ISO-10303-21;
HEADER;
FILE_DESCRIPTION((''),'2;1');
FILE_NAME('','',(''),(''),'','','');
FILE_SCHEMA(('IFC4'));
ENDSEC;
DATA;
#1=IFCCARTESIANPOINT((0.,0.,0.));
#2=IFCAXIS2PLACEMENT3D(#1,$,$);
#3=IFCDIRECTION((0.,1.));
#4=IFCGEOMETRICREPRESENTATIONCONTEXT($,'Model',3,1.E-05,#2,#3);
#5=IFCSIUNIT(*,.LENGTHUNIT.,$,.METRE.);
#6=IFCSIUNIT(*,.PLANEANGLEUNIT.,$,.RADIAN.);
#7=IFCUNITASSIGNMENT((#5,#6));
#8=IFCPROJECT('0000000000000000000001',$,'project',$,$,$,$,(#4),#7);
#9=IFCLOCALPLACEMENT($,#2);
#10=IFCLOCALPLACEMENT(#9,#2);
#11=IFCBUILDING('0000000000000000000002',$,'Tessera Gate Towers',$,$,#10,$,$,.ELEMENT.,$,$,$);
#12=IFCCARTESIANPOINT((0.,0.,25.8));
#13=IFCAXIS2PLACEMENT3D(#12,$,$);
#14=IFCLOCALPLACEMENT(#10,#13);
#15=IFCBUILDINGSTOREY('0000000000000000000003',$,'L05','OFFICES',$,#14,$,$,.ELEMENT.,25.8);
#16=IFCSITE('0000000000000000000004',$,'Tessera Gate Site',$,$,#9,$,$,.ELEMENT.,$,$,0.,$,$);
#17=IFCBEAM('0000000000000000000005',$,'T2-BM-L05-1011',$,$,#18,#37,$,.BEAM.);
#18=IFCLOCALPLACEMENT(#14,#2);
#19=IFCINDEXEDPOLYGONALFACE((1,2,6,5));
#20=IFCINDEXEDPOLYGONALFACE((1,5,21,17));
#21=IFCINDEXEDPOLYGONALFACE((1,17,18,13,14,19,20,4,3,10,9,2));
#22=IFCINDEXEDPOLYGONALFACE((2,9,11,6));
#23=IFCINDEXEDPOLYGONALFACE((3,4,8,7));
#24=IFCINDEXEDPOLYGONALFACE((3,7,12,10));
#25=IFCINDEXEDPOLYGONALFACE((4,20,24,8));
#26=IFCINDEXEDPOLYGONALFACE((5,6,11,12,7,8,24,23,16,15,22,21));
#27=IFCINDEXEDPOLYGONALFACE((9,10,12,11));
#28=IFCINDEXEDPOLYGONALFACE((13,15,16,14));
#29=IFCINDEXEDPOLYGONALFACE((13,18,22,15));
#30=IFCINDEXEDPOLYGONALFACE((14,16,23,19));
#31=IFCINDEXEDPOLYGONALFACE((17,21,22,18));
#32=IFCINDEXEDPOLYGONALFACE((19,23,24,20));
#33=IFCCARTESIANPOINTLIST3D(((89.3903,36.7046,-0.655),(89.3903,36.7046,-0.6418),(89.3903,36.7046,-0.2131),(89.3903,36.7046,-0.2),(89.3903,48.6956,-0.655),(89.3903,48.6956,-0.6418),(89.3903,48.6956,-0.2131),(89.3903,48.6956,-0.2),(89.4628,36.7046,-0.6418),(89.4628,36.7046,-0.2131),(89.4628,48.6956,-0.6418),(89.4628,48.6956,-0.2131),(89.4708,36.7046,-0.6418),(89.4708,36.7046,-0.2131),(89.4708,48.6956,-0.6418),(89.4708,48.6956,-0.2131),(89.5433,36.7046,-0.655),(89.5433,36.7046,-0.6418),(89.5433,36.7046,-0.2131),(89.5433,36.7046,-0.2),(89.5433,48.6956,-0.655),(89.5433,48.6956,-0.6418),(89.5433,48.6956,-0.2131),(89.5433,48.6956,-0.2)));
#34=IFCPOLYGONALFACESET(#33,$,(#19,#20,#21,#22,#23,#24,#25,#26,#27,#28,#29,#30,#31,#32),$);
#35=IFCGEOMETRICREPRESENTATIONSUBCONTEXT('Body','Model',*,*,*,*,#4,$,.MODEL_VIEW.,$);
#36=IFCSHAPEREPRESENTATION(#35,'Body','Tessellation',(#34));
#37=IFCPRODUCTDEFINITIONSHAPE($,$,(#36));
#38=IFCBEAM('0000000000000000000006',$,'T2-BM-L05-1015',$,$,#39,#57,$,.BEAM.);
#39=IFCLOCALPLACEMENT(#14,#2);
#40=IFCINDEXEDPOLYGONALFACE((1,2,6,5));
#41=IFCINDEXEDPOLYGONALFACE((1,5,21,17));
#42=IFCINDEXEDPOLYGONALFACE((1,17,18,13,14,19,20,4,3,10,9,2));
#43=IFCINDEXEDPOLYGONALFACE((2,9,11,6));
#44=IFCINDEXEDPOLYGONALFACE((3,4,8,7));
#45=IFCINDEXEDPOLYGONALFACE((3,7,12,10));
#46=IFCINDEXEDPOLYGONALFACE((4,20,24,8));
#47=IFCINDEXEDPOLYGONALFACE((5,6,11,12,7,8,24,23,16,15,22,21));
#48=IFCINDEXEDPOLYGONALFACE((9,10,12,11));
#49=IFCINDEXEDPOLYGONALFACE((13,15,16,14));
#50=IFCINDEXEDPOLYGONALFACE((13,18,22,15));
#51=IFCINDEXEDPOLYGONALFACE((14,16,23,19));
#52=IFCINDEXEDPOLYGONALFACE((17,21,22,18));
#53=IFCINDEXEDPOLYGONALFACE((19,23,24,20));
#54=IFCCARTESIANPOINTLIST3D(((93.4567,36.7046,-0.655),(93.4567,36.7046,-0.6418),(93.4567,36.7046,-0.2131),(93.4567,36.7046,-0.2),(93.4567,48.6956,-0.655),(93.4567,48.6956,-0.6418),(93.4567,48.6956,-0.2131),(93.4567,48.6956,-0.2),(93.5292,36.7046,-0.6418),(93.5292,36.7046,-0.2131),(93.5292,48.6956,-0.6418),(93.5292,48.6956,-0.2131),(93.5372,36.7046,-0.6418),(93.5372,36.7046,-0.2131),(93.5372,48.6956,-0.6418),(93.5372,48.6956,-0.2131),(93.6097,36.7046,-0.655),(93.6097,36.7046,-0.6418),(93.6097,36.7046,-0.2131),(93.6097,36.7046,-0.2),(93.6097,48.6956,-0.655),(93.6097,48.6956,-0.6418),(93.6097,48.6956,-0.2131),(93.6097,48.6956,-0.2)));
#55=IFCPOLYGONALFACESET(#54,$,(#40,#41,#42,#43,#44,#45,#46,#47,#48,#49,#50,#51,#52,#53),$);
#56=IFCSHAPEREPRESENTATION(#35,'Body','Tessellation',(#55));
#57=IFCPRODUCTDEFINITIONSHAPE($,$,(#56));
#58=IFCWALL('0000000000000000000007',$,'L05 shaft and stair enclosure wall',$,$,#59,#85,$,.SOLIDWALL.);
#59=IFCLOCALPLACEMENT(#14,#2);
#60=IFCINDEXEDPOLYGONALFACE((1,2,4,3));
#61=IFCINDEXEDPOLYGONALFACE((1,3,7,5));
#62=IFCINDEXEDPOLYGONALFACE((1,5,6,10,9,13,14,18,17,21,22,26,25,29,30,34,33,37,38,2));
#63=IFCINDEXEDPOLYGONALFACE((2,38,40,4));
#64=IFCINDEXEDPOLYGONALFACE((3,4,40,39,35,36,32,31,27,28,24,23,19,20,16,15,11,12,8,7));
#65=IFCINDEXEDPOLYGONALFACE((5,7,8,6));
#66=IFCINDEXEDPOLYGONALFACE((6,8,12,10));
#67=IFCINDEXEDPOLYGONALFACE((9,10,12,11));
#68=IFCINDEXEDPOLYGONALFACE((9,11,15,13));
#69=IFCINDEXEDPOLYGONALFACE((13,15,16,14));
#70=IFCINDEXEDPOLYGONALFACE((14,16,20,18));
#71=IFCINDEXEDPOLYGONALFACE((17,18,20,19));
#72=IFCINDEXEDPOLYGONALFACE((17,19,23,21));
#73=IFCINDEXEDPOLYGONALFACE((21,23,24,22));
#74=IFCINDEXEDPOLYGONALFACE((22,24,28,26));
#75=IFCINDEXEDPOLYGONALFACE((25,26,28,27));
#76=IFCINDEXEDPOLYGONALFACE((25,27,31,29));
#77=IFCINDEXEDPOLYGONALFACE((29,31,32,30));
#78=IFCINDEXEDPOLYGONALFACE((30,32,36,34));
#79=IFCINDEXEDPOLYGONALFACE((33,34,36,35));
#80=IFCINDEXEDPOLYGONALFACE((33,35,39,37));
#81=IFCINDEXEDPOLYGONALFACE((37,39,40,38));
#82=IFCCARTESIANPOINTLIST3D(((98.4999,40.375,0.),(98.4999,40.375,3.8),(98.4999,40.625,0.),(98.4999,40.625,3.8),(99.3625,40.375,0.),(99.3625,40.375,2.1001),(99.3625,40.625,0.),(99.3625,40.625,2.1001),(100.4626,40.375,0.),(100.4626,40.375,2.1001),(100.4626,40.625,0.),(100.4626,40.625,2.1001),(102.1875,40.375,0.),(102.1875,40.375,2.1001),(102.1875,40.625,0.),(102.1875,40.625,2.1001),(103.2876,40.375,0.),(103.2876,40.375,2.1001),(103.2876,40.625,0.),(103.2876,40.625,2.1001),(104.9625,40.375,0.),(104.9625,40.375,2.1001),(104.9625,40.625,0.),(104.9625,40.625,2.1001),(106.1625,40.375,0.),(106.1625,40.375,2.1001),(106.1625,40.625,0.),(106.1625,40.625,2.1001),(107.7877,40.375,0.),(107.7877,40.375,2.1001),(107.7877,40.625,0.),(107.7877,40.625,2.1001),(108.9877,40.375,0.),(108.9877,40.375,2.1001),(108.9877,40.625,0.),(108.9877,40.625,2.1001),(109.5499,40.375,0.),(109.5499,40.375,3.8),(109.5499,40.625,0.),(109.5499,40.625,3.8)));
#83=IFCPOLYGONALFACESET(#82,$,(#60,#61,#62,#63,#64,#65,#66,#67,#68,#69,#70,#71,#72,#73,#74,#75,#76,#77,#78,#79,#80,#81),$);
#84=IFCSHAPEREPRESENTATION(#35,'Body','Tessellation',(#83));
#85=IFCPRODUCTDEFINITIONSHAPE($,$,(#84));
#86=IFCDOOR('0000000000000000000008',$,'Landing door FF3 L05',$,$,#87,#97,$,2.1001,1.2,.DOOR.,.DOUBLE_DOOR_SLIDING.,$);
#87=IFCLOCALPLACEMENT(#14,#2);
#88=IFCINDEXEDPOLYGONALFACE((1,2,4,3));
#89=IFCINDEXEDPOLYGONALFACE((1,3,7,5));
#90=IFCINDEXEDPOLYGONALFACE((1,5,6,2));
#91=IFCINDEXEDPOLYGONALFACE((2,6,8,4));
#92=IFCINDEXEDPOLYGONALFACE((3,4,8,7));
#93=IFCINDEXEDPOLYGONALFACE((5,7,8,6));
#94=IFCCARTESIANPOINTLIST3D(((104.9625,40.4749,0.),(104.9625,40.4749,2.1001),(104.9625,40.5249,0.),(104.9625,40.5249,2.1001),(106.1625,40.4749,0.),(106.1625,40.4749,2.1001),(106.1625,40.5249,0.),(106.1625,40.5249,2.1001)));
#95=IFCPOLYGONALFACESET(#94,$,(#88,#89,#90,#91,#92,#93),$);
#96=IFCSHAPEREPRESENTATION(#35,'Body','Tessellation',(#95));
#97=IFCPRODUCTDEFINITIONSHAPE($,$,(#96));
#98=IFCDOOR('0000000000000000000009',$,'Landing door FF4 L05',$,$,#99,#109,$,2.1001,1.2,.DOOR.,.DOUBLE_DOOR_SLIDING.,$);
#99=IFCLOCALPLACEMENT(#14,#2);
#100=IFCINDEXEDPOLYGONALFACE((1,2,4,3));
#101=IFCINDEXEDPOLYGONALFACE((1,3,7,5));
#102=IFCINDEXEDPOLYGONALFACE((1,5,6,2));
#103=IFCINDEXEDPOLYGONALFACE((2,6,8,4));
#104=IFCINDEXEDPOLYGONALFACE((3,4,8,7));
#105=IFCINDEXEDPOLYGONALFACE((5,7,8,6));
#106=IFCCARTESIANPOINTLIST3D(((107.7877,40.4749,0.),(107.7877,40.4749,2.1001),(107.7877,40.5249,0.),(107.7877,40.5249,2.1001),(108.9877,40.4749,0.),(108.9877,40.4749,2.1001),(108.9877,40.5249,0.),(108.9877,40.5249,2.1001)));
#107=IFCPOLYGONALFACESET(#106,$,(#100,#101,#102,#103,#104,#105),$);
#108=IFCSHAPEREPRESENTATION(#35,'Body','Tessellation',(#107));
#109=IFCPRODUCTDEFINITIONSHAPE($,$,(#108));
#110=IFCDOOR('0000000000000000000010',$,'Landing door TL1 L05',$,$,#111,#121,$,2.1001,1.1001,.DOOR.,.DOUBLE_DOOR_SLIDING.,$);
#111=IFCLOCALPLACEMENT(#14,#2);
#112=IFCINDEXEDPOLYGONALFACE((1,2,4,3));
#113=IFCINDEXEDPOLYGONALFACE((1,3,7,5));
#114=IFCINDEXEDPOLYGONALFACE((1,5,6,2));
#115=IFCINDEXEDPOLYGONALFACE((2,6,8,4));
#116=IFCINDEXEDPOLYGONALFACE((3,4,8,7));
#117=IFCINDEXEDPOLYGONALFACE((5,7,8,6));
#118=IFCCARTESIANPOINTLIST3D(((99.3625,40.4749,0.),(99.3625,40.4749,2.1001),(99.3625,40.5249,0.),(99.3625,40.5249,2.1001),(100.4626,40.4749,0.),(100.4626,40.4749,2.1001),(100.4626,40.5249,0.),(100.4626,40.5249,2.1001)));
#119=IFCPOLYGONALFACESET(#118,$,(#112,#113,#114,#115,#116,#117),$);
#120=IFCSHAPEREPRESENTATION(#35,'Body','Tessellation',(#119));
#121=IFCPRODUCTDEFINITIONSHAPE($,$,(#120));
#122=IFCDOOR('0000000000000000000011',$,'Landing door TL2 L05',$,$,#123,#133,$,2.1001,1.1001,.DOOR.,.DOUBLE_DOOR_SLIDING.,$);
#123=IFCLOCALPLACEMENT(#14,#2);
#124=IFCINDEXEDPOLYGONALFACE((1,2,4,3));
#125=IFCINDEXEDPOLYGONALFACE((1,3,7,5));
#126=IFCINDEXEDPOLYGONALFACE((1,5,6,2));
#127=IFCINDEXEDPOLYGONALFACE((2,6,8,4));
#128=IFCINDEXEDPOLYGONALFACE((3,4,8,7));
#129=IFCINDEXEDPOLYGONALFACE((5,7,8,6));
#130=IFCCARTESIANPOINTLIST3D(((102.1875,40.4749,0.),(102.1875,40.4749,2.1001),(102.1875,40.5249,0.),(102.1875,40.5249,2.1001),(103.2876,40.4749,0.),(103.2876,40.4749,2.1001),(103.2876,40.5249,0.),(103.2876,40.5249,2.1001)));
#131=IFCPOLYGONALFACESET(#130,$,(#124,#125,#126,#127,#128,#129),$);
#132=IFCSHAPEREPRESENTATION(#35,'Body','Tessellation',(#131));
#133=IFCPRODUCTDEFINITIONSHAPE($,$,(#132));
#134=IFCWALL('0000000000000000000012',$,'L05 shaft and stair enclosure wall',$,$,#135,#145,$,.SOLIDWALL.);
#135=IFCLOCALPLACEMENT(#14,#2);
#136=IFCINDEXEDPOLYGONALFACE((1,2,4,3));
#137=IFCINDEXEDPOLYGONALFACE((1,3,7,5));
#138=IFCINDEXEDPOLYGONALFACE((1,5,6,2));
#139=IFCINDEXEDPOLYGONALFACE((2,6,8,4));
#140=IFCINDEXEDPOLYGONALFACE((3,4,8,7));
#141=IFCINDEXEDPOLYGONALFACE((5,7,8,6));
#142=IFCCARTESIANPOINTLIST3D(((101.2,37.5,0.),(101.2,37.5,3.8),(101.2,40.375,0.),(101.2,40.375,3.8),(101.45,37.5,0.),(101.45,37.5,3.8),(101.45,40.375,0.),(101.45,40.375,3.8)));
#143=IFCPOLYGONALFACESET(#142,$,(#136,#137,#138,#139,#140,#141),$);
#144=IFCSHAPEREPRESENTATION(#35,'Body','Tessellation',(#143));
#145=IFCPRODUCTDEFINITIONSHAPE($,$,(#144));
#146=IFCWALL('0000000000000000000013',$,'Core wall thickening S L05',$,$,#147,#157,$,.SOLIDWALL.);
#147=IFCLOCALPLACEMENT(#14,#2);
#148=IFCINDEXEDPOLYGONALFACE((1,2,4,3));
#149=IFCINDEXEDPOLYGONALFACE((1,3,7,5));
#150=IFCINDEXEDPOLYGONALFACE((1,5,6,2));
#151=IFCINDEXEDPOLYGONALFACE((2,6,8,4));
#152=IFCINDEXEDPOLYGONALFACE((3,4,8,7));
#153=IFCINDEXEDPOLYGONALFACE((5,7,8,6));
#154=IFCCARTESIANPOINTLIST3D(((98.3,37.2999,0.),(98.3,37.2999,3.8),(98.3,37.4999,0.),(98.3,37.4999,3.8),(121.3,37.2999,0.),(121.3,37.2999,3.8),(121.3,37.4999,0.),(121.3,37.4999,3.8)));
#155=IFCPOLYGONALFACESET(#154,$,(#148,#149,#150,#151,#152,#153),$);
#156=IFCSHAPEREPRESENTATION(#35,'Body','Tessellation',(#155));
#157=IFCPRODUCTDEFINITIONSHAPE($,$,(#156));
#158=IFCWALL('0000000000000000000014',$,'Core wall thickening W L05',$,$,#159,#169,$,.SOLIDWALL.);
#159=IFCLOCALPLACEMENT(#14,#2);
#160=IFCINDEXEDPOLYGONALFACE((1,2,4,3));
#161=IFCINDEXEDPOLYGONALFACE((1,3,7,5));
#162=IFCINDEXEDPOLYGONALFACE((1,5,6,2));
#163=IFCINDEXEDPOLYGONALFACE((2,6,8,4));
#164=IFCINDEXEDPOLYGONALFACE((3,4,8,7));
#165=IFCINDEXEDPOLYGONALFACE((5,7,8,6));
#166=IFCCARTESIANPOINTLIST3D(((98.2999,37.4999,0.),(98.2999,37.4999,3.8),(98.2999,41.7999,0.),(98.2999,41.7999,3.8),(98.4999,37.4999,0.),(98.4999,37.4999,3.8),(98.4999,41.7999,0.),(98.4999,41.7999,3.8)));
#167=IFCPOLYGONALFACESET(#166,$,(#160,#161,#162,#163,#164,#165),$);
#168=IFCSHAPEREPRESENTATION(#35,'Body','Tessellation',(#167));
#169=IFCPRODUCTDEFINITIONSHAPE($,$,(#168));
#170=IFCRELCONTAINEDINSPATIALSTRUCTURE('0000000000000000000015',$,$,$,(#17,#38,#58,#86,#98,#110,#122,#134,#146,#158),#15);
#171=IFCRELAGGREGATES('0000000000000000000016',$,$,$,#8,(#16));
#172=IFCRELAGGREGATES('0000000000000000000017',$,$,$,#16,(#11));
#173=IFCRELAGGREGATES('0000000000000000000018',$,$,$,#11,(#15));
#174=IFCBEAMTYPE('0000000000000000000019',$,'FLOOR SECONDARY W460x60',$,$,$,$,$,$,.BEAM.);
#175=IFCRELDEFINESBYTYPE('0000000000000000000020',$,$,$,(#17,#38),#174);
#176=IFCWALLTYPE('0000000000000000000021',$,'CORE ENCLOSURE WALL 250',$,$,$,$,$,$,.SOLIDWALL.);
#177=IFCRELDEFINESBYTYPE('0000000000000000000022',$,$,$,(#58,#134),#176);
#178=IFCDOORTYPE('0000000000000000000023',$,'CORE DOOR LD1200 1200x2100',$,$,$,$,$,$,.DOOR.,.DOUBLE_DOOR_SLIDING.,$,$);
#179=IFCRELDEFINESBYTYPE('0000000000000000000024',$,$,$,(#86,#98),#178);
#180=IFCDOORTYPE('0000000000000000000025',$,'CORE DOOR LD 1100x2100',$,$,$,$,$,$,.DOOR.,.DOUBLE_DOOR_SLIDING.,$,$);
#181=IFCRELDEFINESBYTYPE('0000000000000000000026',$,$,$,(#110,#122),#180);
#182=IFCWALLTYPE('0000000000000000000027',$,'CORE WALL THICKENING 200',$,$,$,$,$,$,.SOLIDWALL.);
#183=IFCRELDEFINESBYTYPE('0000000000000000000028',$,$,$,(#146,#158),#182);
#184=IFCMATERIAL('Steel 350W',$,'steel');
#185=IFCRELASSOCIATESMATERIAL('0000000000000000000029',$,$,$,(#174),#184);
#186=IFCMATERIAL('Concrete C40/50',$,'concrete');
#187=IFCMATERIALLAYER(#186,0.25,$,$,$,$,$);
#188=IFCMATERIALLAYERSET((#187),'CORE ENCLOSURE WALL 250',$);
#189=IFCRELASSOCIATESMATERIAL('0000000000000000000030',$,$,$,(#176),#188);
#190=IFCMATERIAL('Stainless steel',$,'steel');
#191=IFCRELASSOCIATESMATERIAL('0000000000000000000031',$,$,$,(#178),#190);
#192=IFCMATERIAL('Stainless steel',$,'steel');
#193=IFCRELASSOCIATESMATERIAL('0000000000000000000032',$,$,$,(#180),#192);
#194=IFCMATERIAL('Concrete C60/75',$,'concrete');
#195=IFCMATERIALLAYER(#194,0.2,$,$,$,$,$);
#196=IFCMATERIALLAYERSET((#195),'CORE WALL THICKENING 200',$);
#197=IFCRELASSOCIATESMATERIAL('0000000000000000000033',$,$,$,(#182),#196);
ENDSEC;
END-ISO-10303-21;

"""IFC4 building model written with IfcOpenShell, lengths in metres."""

from ifc_helpers import new_model, si_unit, direction, frame, frame_2d, origin, origin_2d, place, context, subcontext, project, spatial, rectangle, i_section, extrude, source, transform, mapped, material, layer, layer_set, material_profile, profile_set, type_object, element, fill, save


model = new_model("IFC4")

# Units and contexts
model_context = context("Model", 3, precision=1e-05, world=origin(), true_north=direction((0.0, 1.0)))
body_context = subcontext(model_context, "Body", "Model", "MODEL_VIEW")
ifc_project = project(units=[si_unit("LENGTHUNIT", "METRE"), si_unit("PLANEANGLEUNIT", "RADIAN")], contexts=[model_context])

# Site, building, storey
site_placement = place(None, origin())
site = spatial("IfcSite", under=ifc_project, at=site_placement, Name="Tessera Gate Site", CompositionType="ELEMENT", RefElevation=0.0)
building_placement = place(site_placement, origin())
building = spatial("IfcBuilding", under=site, at=building_placement, Name="Tessera Gate Towers", CompositionType="ELEMENT")
storey_placement = place(building_placement, frame((0.0, 0.0, 25.8)))
storey = spatial("IfcBuildingStorey", under=building, at=storey_placement, Name="L05", Description="OFFICES", CompositionType="ELEMENT", Elevation=25.8)

# Beams
ifc_material_1 = material(Name="Steel 350W", Category="steel")
ifc_material_profile = material_profile(ifc_material_1, i_section(OverallWidth=0.1531, OverallDepth=0.4551, WebThickness=0.0081, FlangeThickness=0.0132, at=origin_2d()), Name="W460x60")
ifc_profile_set = profile_set([ifc_material_profile], Name="Steel 350W")
beam_type = type_object("IfcBeamType", Name="FLOOR SECONDARY W460x60", PredefinedType="BEAM", material=ifc_profile_set)
for number, where, z_axis, x_axis, name in (
    (1, (89.4668, 36.7046, -0.4275), (0.0, 1.0, 0.0), (-1.0, 0.0, 0.0), "T2-BM-L05-1011"),
    (2, (93.5332, 36.7046, -0.4275), (0.0, 1.0, 0.0), (-1.0, 0.0, 0.0), "T2-BM-L05-1015"),
):
    element("IfcBeam", number, at=place(storey_placement, frame(where, z_axis=z_axis, x_axis=x_axis)), inside=storey, type_object=beam_type, Name=name, PredefinedType="BEAM", context=body_context, shape_type="SweptSolid", body=[
        extrude(i_section(OverallWidth=0.1531, OverallDepth=0.4551, WebThickness=0.0081, FlangeThickness=0.0132, at=origin_2d()), origin(), (0.0, 0.0, 1.0), 11.991),
    ])

# Wall, openings, doors
ifc_material_2 = material(Name="Concrete C40/50", Category="concrete")
ifc_layer_1 = layer(ifc_material_2, 0.25)
ifc_layer_set_1 = layer_set([ifc_layer_1], Name="CORE ENCLOSURE WALL 250")
wall_type_1 = type_object("IfcWallType", Name="CORE ENCLOSURE WALL 250", PredefinedType="SOLIDWALL", material=ifc_layer_set_1)
wall_1_placement = place(storey_placement, frame((98.5, 40.5, 0.0), z_axis=(0.0, 0.0, 1.0), x_axis=(1.0, 0.0, 0.0)))
wall_1 = element("IfcWall", 3, at=wall_1_placement, inside=storey, type_object=wall_type_1, Name="L05 shaft and stair enclosure wall", PredefinedType="SOLIDWALL", context=body_context, shape_type="SweptSolid", body=[
    extrude(rectangle(XDim=11.05, YDim=0.25, at=frame_2d((5.5249, 0.0))), origin(), (0.0, 0.0, 1.0), 3.8),
])
shared_shape_1 = source(origin(), body_context, "Body", "SweptSolid", [
    extrude(rectangle(XDim=1.1001, YDim=2.1001, at=frame_2d((0.55, 1.05))), frame((0.0, 0.135, 0.0), z_axis=(0.0, -1.0, 0.0), x_axis=(1.0, 0.0, 0.0)), (0.0, 0.0, 1.0), 0.27),
])
opening_1_placement = place(wall_1_placement, frame((0.8625, 0.0, 0.0)))
opening_1 = element("IfcOpeningElement", 4, at=opening_1_placement, cuts=wall_1, PredefinedType="OPENING", context=body_context, shape_type="MappedRepresentation", body=[
    mapped(shared_shape_1, transform((0.0, 0.0, 0.0), scale=1.0)),
])
opening_2_placement = place(wall_1_placement, frame((3.6875, 0.0, 0.0)))
opening_2 = element("IfcOpeningElement", 5, at=opening_2_placement, cuts=wall_1, PredefinedType="OPENING", context=body_context, shape_type="MappedRepresentation", body=[
    mapped(shared_shape_1, transform((0.0, 0.0, 0.0), scale=1.0)),
])
shared_shape_2 = source(origin(), body_context, "Body", "SweptSolid", [
    extrude(rectangle(XDim=1.2, YDim=2.1001, at=frame_2d((0.6001, 1.05))), frame((0.0, 0.135, 0.0), z_axis=(0.0, -1.0, 0.0), x_axis=(1.0, 0.0, 0.0)), (0.0, 0.0, 1.0), 0.27),
])
opening_3_placement = place(wall_1_placement, frame((6.4624, 0.0, 0.0)))
opening_3 = element("IfcOpeningElement", 6, at=opening_3_placement, cuts=wall_1, PredefinedType="OPENING", context=body_context, shape_type="MappedRepresentation", body=[
    mapped(shared_shape_2, transform((0.0, 0.0, 0.0), scale=1.0)),
])
opening_4_placement = place(wall_1_placement, frame((9.2876, 0.0, 0.0)))
opening_4 = element("IfcOpeningElement", 7, at=opening_4_placement, cuts=wall_1, PredefinedType="OPENING", context=body_context, shape_type="MappedRepresentation", body=[
    mapped(shared_shape_2, transform((0.0, 0.0, 0.0), scale=1.0)),
])
ifc_material_3 = material(Name="Stainless steel", Category="steel")
door_type_1 = type_object("IfcDoorType", Name="CORE DOOR LD1200 1200x2100", OperationType="DOUBLE_DOOR_SLIDING", PredefinedType="DOOR", material=ifc_material_3)
shared_shape_3 = source(origin(), body_context, "Body", "SweptSolid", [
    extrude(rectangle(XDim=1.2, YDim=2.1001, at=frame_2d((0.6001, 1.05))), frame((0.0, 0.0249, 0.0), z_axis=(0.0, -1.0, 0.0), x_axis=(1.0, 0.0, 0.0)), (0.0, 0.0, 1.0), 0.05),
])
door_1_placement = place(opening_3_placement, origin())
door_1 = element("IfcDoor", 8, at=door_1_placement, inside=storey, type_object=door_type_1, Name="Landing door FF3 L05", OperationType="DOUBLE_DOOR_SLIDING", OverallHeight=2.1001, OverallWidth=1.2, PredefinedType="DOOR", context=body_context, shape_type="MappedRepresentation", body=[
    mapped(shared_shape_3, transform((0.0, 0.0, 0.0), scale=1.0)),
])
fill(opening_3, door_1)
door_2_placement = place(opening_4_placement, origin())
door_2 = element("IfcDoor", 9, at=door_2_placement, inside=storey, type_object=door_type_1, Name="Landing door FF4 L05", OperationType="DOUBLE_DOOR_SLIDING", OverallHeight=2.1001, OverallWidth=1.2, PredefinedType="DOOR", context=body_context, shape_type="MappedRepresentation", body=[
    mapped(shared_shape_3, transform((0.0, 0.0, 0.0), scale=1.0)),
])
fill(opening_4, door_2)
ifc_material_4 = material(Name="Stainless steel", Category="steel")
door_type_2 = type_object("IfcDoorType", Name="CORE DOOR LD 1100x2100", OperationType="DOUBLE_DOOR_SLIDING", PredefinedType="DOOR", material=ifc_material_4)
shared_shape_4 = source(origin(), body_context, "Body", "SweptSolid", [
    extrude(rectangle(XDim=1.1001, YDim=2.1001, at=frame_2d((0.55, 1.05))), frame((0.0, 0.0249, 0.0), z_axis=(0.0, -1.0, 0.0), x_axis=(1.0, 0.0, 0.0)), (0.0, 0.0, 1.0), 0.05),
])
door_3_placement = place(opening_1_placement, origin())
door_3 = element("IfcDoor", 10, at=door_3_placement, inside=storey, type_object=door_type_2, Name="Landing door TL1 L05", OperationType="DOUBLE_DOOR_SLIDING", OverallHeight=2.1001, OverallWidth=1.1001, PredefinedType="DOOR", context=body_context, shape_type="MappedRepresentation", body=[
    mapped(shared_shape_4, transform((0.0, 0.0, 0.0), scale=1.0)),
])
fill(opening_1, door_3)
door_4_placement = place(opening_2_placement, origin())
door_4 = element("IfcDoor", 11, at=door_4_placement, inside=storey, type_object=door_type_2, Name="Landing door TL2 L05", OperationType="DOUBLE_DOOR_SLIDING", OverallHeight=2.1001, OverallWidth=1.1001, PredefinedType="DOOR", context=body_context, shape_type="MappedRepresentation", body=[
    mapped(shared_shape_4, transform((0.0, 0.0, 0.0), scale=1.0)),
])
fill(opening_2, door_4)

# Wall
wall_2_placement = place(storey_placement, frame((101.325, 37.5, 0.0), z_axis=(0.0, 0.0, 1.0), x_axis=(0.0, 1.0, 0.0)))
element("IfcWall", 12, at=wall_2_placement, inside=storey, type_object=wall_type_1, Name="L05 shaft and stair enclosure wall", PredefinedType="SOLIDWALL", context=body_context, shape_type="SweptSolid", body=[
    extrude(rectangle(XDim=2.875, YDim=0.25, at=frame_2d((1.4375, 0.0))), origin(), (0.0, 0.0, 1.0), 3.8),
])

# Walls
ifc_material_5 = material(Name="Concrete C60/75", Category="concrete")
ifc_layer_2 = layer(ifc_material_5, 0.2)
ifc_layer_set_2 = layer_set([ifc_layer_2], Name="CORE WALL THICKENING 200")
wall_type_2 = type_object("IfcWallType", Name="CORE WALL THICKENING 200", PredefinedType="SOLIDWALL", material=ifc_layer_set_2)
wall_3_placement = place(storey_placement, frame((98.3, 37.3999, 0.0), z_axis=(0.0, 0.0, 1.0), x_axis=(1.0, 0.0, 0.0)))
element("IfcWall", 13, at=wall_3_placement, inside=storey, type_object=wall_type_2, Name="Core wall thickening S L05", PredefinedType="SOLIDWALL", context=body_context, shape_type="SweptSolid", body=[
    extrude(rectangle(XDim=23.0, YDim=0.2, at=frame_2d((11.5, 0.0))), origin(), (0.0, 0.0, 1.0), 3.8),
])
wall_4_placement = place(storey_placement, frame((98.3999, 37.5, 0.0), z_axis=(0.0, 0.0, 1.0), x_axis=(0.0, 1.0, 0.0)))
element("IfcWall", 14, at=wall_4_placement, inside=storey, type_object=wall_type_2, Name="Core wall thickening W L05", PredefinedType="SOLIDWALL", context=body_context, shape_type="SweptSolid", body=[
    extrude(rectangle(XDim=4.3, YDim=0.2, at=frame_2d((2.1499, 0.0))), origin(), (0.0, 0.0, 1.0), 3.8),
])

save(model, "model.ifc")
